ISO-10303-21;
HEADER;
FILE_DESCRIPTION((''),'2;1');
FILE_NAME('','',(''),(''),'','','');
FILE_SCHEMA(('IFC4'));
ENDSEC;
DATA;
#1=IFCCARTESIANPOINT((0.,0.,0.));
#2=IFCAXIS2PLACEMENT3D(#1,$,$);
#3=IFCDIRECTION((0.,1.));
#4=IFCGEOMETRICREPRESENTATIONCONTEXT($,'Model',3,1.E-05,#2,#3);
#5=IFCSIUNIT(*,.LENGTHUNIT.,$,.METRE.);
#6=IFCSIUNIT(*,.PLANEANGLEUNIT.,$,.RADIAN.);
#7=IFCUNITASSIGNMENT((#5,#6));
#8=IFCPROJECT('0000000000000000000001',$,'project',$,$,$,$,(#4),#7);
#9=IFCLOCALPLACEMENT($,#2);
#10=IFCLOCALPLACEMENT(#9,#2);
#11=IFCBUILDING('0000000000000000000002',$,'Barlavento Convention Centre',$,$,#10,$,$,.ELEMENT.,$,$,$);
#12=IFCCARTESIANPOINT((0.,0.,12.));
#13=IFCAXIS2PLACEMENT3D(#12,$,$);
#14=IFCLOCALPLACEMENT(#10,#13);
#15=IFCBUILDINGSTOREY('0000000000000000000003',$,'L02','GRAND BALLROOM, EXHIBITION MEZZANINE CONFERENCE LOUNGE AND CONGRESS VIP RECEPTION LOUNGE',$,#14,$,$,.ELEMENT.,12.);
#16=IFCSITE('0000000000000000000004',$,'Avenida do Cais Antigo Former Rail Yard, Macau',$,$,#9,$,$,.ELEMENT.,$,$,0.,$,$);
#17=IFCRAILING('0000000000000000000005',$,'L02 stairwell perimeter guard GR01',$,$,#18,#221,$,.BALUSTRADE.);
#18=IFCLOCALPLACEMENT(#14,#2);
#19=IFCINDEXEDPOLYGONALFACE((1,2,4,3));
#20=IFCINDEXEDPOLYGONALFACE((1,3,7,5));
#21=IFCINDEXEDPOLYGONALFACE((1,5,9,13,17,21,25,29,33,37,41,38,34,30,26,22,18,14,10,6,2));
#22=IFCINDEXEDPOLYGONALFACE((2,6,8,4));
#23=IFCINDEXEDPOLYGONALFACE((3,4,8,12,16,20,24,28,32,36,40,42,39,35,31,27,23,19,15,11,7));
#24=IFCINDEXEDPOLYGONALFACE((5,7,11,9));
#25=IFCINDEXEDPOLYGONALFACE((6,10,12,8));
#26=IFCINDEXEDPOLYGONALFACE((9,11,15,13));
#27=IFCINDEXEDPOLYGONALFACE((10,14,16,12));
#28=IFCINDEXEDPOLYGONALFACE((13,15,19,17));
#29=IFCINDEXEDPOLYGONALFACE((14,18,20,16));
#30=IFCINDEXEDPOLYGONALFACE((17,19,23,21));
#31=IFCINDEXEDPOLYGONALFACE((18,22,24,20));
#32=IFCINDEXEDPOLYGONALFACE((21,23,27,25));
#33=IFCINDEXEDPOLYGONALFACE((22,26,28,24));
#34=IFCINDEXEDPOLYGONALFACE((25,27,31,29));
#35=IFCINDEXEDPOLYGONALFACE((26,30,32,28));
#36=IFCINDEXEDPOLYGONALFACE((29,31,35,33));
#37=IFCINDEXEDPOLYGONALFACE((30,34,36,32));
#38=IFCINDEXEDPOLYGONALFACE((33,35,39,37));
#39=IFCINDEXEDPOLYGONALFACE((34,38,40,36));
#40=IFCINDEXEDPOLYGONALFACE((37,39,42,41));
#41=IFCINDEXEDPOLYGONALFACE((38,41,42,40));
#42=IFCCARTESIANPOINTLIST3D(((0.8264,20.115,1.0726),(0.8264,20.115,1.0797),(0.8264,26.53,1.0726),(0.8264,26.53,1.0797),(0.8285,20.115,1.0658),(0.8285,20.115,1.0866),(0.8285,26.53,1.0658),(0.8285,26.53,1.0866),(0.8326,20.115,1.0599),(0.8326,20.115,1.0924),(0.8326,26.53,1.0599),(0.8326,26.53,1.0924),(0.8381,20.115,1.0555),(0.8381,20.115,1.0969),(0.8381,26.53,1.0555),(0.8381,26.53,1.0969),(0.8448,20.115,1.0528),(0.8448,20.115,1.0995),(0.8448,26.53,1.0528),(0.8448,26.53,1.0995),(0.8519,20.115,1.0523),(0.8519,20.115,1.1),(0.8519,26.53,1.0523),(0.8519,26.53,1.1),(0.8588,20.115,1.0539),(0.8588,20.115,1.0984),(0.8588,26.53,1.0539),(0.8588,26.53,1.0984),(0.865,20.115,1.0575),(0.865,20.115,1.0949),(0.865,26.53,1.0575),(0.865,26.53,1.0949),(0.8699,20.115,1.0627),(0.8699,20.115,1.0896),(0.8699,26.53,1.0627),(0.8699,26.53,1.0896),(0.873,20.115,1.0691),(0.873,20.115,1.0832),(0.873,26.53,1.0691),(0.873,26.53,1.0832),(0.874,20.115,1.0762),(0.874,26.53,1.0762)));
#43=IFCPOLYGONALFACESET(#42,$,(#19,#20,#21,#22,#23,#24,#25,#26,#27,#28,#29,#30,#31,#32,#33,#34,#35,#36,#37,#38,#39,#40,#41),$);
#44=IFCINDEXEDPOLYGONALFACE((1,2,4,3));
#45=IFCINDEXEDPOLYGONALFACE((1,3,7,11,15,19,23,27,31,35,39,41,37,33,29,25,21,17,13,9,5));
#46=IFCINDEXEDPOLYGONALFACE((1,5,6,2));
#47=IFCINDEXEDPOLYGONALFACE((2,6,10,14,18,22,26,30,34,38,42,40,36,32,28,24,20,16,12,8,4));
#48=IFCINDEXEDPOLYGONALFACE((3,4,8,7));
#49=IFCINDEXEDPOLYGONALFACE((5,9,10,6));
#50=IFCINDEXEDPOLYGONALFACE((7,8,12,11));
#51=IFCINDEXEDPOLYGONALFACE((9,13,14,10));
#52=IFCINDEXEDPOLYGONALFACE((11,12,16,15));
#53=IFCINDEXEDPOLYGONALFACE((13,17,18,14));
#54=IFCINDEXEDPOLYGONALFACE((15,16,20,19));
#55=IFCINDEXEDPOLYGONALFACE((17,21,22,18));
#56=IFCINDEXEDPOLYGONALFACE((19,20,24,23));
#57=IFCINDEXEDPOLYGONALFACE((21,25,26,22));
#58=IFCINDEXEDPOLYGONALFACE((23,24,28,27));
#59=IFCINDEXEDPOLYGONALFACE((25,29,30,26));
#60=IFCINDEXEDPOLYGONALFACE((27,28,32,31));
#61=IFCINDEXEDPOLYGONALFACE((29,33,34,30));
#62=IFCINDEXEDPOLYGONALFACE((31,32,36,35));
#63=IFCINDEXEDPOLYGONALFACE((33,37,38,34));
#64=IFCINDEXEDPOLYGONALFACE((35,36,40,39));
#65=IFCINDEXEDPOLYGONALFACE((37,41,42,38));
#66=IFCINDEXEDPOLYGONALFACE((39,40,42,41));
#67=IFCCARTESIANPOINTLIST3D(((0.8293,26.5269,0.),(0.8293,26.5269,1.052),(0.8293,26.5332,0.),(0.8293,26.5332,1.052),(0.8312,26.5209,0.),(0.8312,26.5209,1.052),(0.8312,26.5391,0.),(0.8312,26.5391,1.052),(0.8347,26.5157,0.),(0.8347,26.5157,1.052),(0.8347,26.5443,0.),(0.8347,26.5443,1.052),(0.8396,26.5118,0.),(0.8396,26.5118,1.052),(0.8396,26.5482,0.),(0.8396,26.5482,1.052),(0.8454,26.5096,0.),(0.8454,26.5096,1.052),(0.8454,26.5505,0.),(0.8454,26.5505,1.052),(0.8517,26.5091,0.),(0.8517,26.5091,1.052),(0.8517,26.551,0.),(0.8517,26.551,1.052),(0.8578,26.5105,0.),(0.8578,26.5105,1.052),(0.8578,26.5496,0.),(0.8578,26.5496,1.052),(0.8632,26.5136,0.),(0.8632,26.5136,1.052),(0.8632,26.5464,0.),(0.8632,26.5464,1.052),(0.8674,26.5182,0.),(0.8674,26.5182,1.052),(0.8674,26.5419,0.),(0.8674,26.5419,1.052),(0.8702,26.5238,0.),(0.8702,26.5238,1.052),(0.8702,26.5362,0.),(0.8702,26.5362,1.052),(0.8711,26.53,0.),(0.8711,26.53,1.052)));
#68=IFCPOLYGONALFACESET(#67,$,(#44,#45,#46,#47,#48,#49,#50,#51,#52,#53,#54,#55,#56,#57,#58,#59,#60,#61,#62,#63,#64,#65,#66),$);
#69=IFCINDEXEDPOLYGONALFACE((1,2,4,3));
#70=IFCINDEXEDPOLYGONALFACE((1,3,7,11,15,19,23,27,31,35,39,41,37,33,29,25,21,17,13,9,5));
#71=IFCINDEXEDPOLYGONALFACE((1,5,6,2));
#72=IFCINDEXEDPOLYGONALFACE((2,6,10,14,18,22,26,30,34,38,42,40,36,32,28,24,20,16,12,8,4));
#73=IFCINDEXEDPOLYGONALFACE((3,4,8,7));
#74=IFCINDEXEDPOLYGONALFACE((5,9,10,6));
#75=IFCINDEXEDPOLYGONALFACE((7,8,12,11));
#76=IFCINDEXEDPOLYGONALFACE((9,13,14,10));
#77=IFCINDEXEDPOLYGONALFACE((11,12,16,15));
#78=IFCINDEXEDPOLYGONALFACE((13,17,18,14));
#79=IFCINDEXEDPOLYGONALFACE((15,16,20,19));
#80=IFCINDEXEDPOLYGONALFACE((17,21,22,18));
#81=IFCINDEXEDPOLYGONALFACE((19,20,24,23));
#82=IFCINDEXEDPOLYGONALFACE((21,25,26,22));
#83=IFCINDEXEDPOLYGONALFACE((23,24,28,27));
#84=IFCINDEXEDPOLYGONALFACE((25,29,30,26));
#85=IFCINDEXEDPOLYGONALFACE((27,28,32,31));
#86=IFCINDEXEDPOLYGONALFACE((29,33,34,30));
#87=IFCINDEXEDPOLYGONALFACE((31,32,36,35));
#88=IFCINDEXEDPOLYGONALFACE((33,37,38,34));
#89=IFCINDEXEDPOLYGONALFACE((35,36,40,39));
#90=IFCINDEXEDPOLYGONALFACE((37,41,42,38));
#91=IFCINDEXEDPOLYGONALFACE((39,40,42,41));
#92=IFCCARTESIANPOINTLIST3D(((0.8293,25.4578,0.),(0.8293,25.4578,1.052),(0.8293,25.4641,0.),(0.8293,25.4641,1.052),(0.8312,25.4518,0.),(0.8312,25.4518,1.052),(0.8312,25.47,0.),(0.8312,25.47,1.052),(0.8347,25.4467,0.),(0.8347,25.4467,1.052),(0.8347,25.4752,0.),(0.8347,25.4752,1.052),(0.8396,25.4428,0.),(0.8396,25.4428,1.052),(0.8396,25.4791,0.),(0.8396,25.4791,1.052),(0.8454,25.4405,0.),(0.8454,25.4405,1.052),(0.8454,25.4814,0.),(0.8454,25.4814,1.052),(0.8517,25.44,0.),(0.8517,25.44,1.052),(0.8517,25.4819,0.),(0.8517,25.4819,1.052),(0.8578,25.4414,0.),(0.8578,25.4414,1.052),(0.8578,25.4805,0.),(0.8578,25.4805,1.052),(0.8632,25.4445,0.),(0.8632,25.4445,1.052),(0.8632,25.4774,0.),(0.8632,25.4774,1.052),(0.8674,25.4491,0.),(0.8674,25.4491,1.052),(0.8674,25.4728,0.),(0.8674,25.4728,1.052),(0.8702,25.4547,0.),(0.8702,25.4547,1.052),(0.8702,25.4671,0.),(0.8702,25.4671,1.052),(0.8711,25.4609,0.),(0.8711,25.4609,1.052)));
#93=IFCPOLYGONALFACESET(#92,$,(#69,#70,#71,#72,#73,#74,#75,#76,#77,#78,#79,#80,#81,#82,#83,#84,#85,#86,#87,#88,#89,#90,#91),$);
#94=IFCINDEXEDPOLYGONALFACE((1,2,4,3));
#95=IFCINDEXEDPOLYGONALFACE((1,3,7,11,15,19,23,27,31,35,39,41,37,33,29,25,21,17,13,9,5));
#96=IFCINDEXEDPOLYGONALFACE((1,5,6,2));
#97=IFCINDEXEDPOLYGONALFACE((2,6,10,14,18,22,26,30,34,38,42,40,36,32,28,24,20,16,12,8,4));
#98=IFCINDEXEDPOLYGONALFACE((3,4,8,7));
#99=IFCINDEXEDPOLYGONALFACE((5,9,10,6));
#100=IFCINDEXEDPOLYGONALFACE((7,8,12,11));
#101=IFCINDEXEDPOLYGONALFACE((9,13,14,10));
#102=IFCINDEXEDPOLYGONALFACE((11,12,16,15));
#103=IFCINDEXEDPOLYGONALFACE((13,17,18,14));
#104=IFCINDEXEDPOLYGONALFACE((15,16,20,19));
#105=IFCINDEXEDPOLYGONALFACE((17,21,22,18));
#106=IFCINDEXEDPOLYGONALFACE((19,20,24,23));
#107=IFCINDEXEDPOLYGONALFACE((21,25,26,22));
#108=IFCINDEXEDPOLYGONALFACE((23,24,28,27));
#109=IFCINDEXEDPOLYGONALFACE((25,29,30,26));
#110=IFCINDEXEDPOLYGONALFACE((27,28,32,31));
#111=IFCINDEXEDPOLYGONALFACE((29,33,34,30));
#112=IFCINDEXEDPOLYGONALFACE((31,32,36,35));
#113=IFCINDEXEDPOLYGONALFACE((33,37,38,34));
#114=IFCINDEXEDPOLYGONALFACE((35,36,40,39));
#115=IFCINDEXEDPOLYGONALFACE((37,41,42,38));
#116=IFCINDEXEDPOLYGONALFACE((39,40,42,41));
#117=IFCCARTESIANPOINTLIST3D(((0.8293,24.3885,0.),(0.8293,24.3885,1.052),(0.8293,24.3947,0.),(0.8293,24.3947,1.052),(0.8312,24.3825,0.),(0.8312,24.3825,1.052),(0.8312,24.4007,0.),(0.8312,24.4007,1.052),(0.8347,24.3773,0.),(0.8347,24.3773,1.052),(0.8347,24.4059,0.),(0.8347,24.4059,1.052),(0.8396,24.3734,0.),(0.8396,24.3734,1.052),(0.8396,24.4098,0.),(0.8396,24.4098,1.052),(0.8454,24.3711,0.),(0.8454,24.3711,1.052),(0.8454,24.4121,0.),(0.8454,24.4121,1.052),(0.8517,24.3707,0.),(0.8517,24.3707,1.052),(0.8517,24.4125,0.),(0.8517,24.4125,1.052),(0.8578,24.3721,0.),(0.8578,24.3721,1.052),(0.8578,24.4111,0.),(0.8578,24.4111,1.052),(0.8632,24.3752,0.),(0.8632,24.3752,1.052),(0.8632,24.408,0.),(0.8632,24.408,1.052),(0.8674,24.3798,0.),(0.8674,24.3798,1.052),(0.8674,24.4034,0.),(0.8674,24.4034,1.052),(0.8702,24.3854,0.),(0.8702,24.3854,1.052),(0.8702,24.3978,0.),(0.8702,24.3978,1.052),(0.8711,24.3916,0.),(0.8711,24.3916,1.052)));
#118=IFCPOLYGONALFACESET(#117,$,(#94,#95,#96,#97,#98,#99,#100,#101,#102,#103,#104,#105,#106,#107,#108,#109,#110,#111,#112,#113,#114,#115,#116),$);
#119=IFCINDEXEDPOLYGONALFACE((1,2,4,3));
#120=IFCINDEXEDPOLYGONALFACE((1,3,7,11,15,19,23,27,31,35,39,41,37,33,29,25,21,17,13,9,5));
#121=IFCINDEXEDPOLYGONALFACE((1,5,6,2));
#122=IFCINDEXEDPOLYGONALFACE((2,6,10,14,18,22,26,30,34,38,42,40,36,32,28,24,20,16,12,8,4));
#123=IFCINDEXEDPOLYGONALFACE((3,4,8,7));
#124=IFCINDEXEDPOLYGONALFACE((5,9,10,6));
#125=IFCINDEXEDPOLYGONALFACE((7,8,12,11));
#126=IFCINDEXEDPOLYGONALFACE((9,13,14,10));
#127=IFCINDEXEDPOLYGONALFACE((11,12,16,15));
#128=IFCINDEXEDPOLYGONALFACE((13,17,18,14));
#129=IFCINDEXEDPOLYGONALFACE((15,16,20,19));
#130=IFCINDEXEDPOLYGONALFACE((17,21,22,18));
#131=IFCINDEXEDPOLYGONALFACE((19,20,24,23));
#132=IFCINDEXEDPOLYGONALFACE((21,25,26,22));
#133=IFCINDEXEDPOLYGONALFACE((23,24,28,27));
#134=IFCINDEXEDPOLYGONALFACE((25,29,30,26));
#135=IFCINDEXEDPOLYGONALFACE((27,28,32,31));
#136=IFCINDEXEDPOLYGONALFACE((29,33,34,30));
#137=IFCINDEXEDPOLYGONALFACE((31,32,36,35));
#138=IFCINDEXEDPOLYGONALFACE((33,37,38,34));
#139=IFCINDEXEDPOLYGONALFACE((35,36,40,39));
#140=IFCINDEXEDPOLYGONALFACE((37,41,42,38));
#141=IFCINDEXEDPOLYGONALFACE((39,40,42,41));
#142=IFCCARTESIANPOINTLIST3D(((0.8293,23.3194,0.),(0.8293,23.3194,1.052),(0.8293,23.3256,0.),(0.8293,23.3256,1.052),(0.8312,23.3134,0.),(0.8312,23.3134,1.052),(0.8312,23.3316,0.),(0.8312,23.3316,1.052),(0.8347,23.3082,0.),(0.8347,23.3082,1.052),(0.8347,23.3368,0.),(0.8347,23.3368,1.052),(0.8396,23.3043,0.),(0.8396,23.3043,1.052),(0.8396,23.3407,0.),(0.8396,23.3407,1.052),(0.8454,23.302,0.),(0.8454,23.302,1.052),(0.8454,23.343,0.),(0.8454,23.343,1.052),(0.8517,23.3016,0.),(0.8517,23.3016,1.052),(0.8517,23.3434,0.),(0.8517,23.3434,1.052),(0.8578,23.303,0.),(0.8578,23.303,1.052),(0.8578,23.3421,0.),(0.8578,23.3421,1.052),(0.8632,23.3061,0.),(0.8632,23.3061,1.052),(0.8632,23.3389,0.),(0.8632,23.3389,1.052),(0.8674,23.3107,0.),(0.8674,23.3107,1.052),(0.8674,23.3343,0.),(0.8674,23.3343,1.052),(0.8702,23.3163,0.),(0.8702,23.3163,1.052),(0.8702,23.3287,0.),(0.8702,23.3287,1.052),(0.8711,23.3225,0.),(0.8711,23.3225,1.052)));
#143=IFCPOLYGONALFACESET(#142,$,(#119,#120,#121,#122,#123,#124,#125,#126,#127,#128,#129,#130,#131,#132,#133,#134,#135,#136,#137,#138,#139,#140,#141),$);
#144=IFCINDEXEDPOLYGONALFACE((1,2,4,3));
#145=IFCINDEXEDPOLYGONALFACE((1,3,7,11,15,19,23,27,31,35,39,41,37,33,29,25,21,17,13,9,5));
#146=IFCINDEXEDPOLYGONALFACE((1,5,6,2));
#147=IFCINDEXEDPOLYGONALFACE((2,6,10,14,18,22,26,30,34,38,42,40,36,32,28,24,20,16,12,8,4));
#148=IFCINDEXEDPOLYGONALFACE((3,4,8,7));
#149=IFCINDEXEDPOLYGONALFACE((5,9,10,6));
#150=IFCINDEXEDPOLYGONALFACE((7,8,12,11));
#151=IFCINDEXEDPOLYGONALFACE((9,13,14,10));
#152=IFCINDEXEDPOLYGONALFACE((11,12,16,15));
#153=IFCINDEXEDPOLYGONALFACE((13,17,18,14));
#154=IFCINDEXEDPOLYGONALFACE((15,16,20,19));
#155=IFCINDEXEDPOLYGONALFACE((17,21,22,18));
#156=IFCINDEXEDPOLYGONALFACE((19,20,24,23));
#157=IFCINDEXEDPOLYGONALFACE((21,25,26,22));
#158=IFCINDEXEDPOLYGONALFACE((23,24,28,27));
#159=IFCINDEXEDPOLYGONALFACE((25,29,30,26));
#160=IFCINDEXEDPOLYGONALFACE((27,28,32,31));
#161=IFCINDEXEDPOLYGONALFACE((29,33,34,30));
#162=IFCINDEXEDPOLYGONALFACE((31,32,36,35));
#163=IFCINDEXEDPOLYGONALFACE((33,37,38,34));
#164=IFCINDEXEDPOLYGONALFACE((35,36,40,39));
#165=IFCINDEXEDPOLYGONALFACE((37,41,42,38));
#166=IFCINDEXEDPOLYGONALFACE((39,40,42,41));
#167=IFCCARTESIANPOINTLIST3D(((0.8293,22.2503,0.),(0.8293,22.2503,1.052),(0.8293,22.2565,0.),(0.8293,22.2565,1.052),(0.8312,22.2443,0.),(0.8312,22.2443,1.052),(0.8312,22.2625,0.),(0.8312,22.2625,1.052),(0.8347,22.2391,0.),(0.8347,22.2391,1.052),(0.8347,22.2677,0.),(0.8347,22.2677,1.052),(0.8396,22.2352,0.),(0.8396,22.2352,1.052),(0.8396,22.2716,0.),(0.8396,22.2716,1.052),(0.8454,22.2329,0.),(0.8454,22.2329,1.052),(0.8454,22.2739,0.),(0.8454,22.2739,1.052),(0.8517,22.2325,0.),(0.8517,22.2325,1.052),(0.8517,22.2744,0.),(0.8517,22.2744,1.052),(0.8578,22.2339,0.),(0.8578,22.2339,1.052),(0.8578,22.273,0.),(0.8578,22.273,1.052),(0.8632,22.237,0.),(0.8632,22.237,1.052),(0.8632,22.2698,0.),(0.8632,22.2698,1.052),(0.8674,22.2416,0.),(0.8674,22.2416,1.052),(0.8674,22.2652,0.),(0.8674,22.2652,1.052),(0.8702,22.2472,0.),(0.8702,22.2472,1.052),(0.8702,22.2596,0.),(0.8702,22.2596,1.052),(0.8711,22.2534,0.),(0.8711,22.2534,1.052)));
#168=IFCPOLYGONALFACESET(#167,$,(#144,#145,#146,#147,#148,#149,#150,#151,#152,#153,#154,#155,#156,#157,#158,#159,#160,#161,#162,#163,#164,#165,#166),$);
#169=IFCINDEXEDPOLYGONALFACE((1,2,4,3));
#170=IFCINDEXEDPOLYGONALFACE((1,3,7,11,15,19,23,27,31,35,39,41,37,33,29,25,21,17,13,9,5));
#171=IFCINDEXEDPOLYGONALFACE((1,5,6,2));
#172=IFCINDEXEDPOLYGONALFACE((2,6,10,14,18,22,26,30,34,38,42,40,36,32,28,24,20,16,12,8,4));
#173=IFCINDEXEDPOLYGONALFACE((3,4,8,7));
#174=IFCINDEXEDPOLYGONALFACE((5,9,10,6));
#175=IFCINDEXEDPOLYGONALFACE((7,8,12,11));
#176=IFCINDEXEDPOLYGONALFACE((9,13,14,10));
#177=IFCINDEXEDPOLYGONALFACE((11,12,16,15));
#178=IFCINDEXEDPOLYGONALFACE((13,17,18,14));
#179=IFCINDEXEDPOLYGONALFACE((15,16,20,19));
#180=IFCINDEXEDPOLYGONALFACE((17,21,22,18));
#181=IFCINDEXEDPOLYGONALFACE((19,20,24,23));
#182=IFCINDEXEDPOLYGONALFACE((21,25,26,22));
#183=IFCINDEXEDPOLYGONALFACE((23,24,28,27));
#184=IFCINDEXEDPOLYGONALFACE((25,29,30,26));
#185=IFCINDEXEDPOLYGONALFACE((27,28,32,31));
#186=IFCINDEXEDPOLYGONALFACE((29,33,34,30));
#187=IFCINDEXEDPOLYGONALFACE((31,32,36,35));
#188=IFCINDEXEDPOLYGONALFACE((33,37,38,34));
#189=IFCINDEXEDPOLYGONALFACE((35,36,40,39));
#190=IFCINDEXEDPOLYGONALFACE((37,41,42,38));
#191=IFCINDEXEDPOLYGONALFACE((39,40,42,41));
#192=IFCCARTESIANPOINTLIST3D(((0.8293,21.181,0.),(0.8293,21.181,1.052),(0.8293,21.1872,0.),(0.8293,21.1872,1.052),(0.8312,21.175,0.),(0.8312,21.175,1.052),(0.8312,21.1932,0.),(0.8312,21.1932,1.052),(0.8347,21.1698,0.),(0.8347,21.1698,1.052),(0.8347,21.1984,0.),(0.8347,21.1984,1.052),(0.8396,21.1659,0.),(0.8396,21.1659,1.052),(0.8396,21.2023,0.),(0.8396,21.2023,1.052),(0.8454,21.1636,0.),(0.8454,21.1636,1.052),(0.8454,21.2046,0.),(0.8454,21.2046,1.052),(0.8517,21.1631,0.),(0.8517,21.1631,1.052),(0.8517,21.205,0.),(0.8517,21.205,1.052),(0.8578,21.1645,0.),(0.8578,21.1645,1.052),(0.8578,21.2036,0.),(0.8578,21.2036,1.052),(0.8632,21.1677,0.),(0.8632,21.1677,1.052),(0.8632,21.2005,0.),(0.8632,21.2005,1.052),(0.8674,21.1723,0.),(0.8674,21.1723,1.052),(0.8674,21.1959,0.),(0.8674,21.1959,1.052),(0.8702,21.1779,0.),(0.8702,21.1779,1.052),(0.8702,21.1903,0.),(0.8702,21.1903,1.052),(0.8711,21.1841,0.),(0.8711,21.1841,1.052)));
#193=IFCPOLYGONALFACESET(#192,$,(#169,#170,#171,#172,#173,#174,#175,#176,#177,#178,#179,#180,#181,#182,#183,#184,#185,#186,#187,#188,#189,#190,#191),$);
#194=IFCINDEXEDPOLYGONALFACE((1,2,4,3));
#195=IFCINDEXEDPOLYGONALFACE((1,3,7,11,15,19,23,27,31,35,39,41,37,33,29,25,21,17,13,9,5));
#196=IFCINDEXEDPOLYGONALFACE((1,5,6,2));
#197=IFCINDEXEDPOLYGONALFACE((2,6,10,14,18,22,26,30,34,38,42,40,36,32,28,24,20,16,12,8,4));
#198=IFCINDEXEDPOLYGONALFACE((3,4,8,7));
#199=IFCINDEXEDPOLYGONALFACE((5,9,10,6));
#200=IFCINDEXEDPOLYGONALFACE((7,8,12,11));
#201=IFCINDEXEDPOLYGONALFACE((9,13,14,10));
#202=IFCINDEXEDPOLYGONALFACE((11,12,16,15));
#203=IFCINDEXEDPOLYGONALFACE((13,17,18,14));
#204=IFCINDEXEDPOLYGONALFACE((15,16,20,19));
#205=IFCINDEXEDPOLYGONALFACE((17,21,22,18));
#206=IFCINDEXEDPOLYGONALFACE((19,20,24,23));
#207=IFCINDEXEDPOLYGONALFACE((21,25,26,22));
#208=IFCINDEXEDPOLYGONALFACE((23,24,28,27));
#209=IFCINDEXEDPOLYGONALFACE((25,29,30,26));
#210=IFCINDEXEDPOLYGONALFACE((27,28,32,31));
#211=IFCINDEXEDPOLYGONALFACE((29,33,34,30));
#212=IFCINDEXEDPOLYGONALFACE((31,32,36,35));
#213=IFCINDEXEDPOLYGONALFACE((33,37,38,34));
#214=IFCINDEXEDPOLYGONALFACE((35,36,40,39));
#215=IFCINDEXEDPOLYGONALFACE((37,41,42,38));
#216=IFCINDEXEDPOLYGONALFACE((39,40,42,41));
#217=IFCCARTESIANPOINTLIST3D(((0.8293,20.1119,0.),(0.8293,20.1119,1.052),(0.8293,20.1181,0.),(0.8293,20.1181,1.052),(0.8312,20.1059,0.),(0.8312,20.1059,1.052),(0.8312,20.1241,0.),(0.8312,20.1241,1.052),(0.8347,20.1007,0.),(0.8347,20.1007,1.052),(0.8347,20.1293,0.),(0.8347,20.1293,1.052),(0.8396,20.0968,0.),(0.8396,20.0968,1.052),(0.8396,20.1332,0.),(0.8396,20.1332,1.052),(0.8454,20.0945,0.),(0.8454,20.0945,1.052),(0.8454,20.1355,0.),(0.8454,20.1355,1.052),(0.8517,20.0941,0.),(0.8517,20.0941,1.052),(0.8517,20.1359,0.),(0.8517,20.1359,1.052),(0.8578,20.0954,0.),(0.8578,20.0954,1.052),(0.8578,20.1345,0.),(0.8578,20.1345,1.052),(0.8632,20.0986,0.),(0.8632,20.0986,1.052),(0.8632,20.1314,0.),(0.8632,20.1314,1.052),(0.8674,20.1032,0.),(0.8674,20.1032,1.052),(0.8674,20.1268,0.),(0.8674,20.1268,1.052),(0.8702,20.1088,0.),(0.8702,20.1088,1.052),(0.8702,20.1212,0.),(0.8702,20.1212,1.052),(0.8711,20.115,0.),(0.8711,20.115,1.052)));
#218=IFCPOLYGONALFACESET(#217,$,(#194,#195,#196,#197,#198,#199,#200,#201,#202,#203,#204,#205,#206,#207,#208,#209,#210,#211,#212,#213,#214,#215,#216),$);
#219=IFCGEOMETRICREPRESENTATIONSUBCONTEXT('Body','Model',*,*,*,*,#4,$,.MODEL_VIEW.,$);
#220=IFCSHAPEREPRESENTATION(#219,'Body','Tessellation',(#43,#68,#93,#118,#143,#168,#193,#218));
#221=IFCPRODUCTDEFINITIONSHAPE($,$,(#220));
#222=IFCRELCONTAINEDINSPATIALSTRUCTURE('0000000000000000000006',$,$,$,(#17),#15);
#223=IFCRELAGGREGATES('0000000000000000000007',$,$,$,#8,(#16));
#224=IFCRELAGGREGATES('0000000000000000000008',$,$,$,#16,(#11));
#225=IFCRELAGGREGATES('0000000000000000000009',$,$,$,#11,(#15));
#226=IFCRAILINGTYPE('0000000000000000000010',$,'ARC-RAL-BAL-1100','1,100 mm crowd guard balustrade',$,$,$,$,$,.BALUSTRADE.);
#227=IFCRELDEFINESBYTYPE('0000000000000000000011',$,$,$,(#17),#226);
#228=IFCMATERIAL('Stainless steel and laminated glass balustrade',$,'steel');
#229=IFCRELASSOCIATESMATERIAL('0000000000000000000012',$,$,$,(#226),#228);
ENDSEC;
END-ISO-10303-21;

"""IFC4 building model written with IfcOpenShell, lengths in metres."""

from ifc_helpers import new_model, si_unit, direction, frame, origin, origin_2d, place, context, subcontext, project, spatial, circle, extrude, material, type_object, element, save


model = new_model("IFC4")

# Units and contexts
model_context = context("Model", 3, precision=1e-05, world=origin(), true_north=direction((0.0, 1.0)))
body_context = subcontext(model_context, "Body", "Model", "MODEL_VIEW")
ifc_project = project(units=[si_unit("LENGTHUNIT", "METRE"), si_unit("PLANEANGLEUNIT", "RADIAN")], contexts=[model_context])

# Site, building, storey
site_placement = place(None, origin())
site = spatial("IfcSite", under=ifc_project, at=site_placement, Name="Avenida do Cais Antigo Former Rail Yard, Macau", CompositionType="ELEMENT", RefElevation=0.0)
building_placement = place(site_placement, origin())
building = spatial("IfcBuilding", under=site, at=building_placement, Name="Barlavento Convention Centre", CompositionType="ELEMENT")
storey_placement = place(building_placement, frame((0.0, 0.0, 12.0)))
storey = spatial("IfcBuildingStorey", under=building, at=storey_placement, Name="L02", Description="GRAND BALLROOM, EXHIBITION MEZZANINE CONFERENCE LOUNGE AND CONGRESS VIP RECEPTION LOUNGE", CompositionType="ELEMENT", Elevation=12.0)

# Railing
ifc_material_1 = material(Name="Stainless steel and laminated glass balustrade", Category="steel")
railing_type = type_object("IfcRailingType", Name="ARC-RAL-BAL-1100", Description="1,100 mm crowd guard balustrade", PredefinedType="BALUSTRADE", material=ifc_material_1)
railing_1_placement = place(storey_placement, frame((0.8501, 26.53, 0.0)))
element("IfcRailing", 1, at=railing_1_placement, inside=storey, type_object=railing_type, Name="L02 stairwell perimeter guard GR01", PredefinedType="BALUSTRADE", context=body_context, shape_type="SweptSolid", body=[
    extrude(circle(Radius=0.0239, at=origin_2d()), frame((0.0, 0.0, 1.0762), z_axis=(0.0, -1.0, 0.0), x_axis=(1.0, 0.0, 0.0)), (0.0, 0.0, 1.0), 6.415),
    extrude(circle(Radius=0.021, at=origin_2d()), origin(), (0.0, 0.0, 1.0), 1.052),
    extrude(circle(Radius=0.021, at=origin_2d()), frame((0.0, -1.0691, 0.0)), (0.0, 0.0, 1.0), 1.052),
    extrude(circle(Radius=0.021, at=origin_2d()), frame((0.0, -2.1384, 0.0)), (0.0, 0.0, 1.0), 1.052),
    extrude(circle(Radius=0.021, at=origin_2d()), frame((0.0, -3.2075, 0.0)), (0.0, 0.0, 1.0), 1.052),
    extrude(circle(Radius=0.021, at=origin_2d()), frame((0.0, -4.2766, 0.0)), (0.0, 0.0, 1.0), 1.052),
    extrude(circle(Radius=0.021, at=origin_2d()), frame((0.0, -5.3459, 0.0)), (0.0, 0.0, 1.0), 1.052),
    extrude(circle(Radius=0.021, at=origin_2d()), frame((0.0, -6.415, 0.0)), (0.0, 0.0, 1.0), 1.052),
])

save(model, "model.ifc")
